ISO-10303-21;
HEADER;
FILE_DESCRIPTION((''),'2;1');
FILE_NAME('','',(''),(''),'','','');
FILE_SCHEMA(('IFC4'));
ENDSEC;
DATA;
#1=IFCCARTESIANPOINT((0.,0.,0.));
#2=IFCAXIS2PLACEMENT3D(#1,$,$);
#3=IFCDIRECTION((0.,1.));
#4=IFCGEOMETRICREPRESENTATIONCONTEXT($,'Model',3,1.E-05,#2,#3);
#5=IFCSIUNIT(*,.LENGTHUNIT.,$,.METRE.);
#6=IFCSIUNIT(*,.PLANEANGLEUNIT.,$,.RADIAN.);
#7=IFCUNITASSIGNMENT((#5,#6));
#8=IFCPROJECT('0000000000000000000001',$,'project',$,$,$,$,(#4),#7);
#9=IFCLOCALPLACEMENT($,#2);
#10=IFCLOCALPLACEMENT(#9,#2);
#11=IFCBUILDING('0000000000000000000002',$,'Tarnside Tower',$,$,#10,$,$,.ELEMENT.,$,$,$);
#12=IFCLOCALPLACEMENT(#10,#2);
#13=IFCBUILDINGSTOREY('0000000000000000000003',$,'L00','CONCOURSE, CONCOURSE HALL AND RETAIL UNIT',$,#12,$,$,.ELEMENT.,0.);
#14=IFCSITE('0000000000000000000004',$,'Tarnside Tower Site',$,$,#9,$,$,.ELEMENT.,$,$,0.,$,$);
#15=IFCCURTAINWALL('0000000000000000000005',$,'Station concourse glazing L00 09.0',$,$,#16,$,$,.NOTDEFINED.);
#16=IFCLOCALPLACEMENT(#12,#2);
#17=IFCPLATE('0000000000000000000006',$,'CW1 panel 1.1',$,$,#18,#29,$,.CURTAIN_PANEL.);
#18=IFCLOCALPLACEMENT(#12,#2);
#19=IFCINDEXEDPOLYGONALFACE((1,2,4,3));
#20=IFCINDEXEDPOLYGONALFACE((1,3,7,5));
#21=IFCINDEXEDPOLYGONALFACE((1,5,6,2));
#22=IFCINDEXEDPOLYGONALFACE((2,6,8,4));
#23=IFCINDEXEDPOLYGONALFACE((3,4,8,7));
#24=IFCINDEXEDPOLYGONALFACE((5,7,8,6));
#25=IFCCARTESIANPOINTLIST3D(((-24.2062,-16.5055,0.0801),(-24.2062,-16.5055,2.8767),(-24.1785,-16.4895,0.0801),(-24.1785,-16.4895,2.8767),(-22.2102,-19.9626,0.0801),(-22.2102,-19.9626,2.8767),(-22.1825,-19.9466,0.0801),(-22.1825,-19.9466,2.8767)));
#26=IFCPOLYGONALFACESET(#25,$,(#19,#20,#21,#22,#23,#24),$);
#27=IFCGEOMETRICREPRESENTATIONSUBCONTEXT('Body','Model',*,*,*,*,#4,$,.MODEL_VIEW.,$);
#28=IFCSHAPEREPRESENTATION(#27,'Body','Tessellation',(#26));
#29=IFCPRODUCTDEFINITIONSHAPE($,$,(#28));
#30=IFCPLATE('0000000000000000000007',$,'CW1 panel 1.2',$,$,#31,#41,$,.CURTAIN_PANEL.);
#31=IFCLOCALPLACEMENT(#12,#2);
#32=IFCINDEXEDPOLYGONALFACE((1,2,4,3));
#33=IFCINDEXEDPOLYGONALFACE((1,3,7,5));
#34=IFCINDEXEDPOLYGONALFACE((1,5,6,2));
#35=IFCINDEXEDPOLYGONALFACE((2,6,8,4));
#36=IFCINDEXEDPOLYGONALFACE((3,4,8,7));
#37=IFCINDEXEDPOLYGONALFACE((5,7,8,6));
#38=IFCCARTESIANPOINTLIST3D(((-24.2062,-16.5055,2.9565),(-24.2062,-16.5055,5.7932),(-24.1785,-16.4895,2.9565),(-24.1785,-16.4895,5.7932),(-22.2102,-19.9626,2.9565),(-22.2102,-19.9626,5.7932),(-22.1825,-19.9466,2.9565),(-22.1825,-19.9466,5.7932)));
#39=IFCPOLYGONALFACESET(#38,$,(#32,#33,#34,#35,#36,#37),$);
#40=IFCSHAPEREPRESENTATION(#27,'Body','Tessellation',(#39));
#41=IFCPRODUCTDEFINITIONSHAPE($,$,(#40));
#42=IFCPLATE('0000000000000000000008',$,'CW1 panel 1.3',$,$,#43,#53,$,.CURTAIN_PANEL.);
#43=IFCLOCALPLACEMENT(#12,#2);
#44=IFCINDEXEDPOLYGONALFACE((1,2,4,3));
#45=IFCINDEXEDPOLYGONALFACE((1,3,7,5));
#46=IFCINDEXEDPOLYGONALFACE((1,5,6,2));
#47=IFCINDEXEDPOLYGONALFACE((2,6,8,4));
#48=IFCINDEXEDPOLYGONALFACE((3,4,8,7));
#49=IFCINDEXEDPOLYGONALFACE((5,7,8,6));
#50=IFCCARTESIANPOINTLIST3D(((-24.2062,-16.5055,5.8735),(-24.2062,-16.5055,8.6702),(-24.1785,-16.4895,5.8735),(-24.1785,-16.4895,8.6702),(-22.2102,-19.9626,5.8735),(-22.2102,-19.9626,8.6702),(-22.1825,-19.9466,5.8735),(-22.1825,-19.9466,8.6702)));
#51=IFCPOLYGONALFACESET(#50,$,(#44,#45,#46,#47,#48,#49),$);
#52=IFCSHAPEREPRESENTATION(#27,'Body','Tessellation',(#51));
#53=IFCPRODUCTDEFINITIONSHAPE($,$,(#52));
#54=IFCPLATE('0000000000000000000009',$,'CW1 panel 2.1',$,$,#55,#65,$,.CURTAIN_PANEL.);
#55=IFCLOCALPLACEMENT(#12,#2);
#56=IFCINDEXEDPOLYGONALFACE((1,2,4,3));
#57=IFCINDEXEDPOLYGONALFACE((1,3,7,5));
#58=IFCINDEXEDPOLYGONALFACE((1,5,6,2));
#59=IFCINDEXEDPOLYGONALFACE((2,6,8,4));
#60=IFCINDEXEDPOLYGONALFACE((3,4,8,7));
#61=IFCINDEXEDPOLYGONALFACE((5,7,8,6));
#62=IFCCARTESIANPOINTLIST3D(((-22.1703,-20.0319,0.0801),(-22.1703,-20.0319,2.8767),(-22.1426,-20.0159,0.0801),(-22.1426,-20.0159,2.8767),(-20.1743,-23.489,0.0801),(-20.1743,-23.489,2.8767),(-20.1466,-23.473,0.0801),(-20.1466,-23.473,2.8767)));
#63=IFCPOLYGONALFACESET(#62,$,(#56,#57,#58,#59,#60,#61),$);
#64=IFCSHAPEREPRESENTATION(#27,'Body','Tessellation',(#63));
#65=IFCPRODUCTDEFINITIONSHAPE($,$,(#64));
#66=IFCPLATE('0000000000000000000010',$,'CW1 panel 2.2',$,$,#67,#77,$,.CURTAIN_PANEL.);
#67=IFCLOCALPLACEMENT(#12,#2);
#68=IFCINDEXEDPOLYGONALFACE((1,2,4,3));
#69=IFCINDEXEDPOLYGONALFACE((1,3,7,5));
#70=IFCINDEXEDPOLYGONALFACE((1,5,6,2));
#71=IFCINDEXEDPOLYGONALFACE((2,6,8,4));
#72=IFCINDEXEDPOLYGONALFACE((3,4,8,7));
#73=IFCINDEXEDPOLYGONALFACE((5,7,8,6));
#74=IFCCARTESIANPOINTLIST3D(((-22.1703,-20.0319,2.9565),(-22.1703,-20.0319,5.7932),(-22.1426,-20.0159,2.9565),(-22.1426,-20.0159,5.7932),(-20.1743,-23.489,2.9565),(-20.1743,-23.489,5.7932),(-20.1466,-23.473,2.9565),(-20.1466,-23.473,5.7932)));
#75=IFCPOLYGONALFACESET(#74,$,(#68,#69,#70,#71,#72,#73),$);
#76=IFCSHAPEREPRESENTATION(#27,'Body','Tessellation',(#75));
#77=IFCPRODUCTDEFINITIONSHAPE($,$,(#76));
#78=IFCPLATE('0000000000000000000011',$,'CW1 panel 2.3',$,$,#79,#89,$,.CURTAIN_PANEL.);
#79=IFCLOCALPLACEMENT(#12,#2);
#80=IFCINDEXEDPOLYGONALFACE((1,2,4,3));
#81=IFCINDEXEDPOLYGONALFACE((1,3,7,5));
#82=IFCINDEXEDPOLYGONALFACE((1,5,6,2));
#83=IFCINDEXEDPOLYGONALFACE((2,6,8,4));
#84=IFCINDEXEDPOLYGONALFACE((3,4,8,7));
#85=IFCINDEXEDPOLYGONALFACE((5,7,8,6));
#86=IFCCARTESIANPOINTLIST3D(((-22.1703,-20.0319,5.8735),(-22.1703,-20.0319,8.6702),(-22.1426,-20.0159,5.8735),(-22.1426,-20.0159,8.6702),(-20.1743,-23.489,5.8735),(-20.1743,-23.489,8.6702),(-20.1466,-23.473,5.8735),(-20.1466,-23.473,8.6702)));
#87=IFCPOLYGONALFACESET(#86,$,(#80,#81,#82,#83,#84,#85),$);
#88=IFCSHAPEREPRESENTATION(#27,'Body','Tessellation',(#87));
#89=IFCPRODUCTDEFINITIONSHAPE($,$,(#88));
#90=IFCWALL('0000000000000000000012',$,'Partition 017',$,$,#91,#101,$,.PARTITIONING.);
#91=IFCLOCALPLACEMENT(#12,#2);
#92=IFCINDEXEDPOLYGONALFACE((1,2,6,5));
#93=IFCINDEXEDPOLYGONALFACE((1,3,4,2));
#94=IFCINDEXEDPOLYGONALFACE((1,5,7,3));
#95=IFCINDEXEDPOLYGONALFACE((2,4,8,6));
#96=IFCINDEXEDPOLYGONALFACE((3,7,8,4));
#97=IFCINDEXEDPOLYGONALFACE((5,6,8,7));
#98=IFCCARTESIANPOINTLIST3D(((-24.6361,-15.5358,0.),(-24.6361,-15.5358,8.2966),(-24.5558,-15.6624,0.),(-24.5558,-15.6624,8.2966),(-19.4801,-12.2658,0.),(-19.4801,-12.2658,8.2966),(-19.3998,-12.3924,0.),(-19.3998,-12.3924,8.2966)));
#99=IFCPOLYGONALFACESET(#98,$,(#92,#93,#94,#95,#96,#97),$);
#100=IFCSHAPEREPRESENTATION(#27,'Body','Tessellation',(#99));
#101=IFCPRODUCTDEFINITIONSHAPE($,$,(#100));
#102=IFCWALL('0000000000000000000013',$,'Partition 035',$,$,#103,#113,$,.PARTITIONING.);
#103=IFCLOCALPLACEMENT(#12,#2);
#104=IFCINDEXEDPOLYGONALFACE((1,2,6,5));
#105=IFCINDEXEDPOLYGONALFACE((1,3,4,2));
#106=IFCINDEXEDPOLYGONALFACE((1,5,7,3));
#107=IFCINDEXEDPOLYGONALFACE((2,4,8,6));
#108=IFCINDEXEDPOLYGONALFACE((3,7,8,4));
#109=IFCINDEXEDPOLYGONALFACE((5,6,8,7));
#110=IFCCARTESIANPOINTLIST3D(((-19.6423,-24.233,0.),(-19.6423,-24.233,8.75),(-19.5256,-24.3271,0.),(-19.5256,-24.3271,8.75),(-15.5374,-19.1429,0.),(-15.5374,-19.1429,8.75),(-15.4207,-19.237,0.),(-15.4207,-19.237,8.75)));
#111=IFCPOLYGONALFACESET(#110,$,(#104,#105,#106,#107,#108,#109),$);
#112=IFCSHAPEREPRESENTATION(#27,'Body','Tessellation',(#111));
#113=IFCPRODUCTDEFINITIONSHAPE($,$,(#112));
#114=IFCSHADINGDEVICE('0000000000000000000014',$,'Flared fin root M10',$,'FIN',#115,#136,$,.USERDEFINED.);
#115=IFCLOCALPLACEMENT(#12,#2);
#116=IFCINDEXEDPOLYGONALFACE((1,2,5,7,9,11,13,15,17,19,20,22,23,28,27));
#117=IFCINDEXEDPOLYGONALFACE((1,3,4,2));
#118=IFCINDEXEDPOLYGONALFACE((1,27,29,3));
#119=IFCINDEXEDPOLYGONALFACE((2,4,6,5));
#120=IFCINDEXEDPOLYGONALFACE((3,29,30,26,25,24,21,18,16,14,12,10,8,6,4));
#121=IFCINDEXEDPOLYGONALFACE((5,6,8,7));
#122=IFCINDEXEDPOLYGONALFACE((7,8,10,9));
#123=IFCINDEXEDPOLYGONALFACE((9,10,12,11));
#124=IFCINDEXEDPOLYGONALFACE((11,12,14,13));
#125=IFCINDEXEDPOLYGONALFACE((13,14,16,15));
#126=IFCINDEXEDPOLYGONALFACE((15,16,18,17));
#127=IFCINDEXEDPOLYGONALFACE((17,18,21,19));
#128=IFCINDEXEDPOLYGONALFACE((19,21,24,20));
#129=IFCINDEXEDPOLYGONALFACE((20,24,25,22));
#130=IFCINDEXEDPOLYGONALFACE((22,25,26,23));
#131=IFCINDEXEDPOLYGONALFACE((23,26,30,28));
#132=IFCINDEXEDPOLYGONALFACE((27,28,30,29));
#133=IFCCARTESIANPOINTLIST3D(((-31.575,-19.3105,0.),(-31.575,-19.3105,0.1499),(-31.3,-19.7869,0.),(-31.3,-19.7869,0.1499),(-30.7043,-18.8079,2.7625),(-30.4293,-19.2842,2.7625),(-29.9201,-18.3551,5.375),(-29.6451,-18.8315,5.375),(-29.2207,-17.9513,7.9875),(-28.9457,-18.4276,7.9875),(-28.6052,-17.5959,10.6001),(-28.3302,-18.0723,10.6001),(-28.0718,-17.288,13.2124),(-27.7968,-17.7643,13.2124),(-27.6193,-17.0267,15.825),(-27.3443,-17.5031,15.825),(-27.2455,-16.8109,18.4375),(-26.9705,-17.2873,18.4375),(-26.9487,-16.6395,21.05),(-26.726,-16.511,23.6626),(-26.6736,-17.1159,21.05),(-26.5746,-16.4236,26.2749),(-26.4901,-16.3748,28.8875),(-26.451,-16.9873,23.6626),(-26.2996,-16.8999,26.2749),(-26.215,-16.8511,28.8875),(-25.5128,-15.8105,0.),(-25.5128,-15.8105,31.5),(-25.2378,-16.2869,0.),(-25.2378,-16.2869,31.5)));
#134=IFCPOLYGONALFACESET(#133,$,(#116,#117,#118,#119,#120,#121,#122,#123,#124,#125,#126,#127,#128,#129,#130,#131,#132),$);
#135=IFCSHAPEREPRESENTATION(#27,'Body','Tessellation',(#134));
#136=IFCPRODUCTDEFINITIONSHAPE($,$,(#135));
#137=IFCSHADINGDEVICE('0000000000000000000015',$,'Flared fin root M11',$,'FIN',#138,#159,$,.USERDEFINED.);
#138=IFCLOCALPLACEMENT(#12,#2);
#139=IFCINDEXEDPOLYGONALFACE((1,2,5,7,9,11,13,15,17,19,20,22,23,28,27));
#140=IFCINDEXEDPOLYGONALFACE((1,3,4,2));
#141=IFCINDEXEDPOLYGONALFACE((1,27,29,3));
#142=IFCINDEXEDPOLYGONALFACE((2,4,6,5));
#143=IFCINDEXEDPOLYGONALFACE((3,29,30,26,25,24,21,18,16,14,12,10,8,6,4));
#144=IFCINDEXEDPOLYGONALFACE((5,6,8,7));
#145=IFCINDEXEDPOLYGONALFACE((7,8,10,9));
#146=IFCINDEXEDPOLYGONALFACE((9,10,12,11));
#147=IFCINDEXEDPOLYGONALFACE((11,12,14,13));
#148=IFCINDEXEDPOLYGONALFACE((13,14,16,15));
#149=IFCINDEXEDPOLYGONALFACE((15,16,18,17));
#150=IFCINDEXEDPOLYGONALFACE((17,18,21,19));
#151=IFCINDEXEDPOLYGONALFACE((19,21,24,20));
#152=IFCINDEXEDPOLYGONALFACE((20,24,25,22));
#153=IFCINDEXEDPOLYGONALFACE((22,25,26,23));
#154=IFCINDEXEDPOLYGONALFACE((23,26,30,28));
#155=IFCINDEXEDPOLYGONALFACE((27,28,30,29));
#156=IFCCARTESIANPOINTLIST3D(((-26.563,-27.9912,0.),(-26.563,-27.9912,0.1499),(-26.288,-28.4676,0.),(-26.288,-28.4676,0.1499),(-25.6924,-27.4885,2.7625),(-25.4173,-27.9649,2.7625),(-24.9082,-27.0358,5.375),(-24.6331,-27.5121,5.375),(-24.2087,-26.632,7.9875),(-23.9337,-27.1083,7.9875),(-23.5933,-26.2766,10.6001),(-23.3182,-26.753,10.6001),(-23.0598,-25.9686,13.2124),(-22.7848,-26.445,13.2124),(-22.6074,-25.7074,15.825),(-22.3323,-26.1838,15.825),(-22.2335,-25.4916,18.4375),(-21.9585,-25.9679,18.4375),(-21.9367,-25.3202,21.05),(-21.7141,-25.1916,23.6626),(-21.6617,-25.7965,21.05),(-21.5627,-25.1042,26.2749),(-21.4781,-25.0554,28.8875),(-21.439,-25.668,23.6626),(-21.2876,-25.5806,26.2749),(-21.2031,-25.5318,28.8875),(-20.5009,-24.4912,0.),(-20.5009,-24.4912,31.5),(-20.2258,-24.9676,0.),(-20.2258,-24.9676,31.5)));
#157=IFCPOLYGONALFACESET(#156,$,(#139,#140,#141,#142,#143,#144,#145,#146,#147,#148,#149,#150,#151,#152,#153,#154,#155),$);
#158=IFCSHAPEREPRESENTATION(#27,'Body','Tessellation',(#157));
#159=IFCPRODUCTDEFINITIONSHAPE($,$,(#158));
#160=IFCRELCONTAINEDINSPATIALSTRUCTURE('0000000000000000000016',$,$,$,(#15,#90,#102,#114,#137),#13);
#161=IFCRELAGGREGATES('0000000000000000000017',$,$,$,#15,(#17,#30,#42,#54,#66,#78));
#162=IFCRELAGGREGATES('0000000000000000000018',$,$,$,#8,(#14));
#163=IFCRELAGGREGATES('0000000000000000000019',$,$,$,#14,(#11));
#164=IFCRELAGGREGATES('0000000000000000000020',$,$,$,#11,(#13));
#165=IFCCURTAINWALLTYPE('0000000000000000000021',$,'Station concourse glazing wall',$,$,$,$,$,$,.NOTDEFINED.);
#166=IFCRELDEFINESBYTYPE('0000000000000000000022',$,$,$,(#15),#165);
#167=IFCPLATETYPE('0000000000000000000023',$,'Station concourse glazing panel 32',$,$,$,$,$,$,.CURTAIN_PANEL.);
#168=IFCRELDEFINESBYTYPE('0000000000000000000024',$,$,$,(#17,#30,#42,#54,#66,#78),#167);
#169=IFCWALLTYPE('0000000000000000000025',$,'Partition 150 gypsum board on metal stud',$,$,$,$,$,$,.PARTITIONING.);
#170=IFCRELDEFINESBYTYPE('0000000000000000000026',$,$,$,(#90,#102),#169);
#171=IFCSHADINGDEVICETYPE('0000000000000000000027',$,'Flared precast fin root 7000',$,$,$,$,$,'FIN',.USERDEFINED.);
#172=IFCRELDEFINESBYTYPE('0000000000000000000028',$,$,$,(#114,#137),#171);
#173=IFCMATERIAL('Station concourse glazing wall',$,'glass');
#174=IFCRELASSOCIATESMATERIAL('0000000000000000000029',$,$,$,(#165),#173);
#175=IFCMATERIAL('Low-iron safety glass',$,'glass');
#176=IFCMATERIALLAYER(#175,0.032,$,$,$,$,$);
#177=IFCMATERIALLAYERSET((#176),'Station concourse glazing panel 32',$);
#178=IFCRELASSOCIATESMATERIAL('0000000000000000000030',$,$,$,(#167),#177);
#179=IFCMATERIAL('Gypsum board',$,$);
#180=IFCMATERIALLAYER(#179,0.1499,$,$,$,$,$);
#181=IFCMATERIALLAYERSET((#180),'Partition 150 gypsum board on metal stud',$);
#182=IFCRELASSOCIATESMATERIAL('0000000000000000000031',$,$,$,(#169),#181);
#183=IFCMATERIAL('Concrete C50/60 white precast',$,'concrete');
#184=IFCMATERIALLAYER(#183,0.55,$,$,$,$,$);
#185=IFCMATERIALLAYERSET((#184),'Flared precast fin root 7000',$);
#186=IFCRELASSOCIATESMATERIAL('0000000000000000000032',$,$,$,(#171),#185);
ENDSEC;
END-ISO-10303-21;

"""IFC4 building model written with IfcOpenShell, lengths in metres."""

from ifc_helpers import new_model, si_unit, direction, frame, frame_2d, origin, origin_2d, place, context, subcontext, project, spatial, polyline, rectangle, outline, extrude, material, layer, layer_set, type_object, element, aggregate, save


model = new_model("IFC4")

# Units and contexts
model_context = context("Model", 3, precision=1e-05, world=origin(), true_north=direction((0.0, 1.0)))
body_context = subcontext(model_context, "Body", "Model", "MODEL_VIEW")
ifc_project = project(units=[si_unit("LENGTHUNIT", "METRE"), si_unit("PLANEANGLEUNIT", "RADIAN")], contexts=[model_context])

# Site, building, storey
site_placement = place(None, origin())
site = spatial("IfcSite", under=ifc_project, at=site_placement, Name="Tarnside Tower Site", CompositionType="ELEMENT", RefElevation=0.0)
building_placement = place(site_placement, origin())
building = spatial("IfcBuilding", under=site, at=building_placement, Name="Tarnside Tower", CompositionType="ELEMENT")
storey_placement = place(building_placement, origin())
storey = spatial("IfcBuildingStorey", under=building, at=storey_placement, Name="L00", Description="CONCOURSE, CONCOURSE HALL AND RETAIL UNIT", CompositionType="ELEMENT", Elevation=0.0)

# Shared definitions
ifc_material_1 = material(Name="Station concourse glazing wall", Category="glass")
curtain_wall_type = type_object("IfcCurtainWallType", Name="Station concourse glazing wall", PredefinedType="NOTDEFINED", material=ifc_material_1)

# Curtain wall
curtain_wall_1_placement = place(storey_placement, origin())
curtain_wall_1 = element("IfcCurtainWall", 1, at=curtain_wall_1_placement, inside=storey, type_object=curtain_wall_type, Name="Station concourse glazing L00 09.0", PredefinedType="NOTDEFINED")

# Plates
ifc_material_2 = material(Name="Low-iron safety glass", Category="glass")
ifc_layer_1 = layer(ifc_material_2, 0.032)
ifc_layer_set_1 = layer_set([ifc_layer_1], Name="Station concourse glazing panel 32")
plate_type = type_object("IfcPlateType", Name="Station concourse glazing panel 32", PredefinedType="CURTAIN_PANEL", material=ifc_layer_set_1)
plate_1_placement = place(storey_placement, frame((-23.1943, -18.2261, 0.0801), z_axis=(0.0, 0.0, 1.0), x_axis=(0.5, -0.866025, 0.0)))
plate_1 = element("IfcPlate", 2, at=plate_1_placement, type_object=plate_type, Name="CW1 panel 1.1", PredefinedType="CURTAIN_PANEL", context=body_context, shape_type="SweptSolid", body=[
    extrude(rectangle(XDim=3.9919, YDim=0.032, at=origin_2d()), origin(), (0.0, 0.0, 1.0), 2.7966),
])
plate_2_placement = place(storey_placement, frame((-23.1943, -18.2261, 2.9565), z_axis=(0.0, 0.0, 1.0), x_axis=(0.5, -0.866025, 0.0)))
plate_2 = element("IfcPlate", 3, at=plate_2_placement, type_object=plate_type, Name="CW1 panel 1.2", PredefinedType="CURTAIN_PANEL", context=body_context, shape_type="SweptSolid", body=[
    extrude(rectangle(XDim=3.9919, YDim=0.032, at=origin_2d()), origin(), (0.0, 0.0, 1.0), 2.8367),
])
plate_3_placement = place(storey_placement, frame((-23.1943, -18.2261, 5.8735), z_axis=(0.0, 0.0, 1.0), x_axis=(0.5, -0.866025, 0.0)))
plate_3 = element("IfcPlate", 4, at=plate_3_placement, type_object=plate_type, Name="CW1 panel 1.3", PredefinedType="CURTAIN_PANEL", context=body_context, shape_type="SweptSolid", body=[
    extrude(rectangle(XDim=3.9919, YDim=0.032, at=origin_2d()), origin(), (0.0, 0.0, 1.0), 2.7966),
])
plate_4_placement = place(storey_placement, frame((-21.1584, -21.7524, 0.0801), z_axis=(0.0, 0.0, 1.0), x_axis=(0.5, -0.866025, 0.0)))
plate_4 = element("IfcPlate", 5, at=plate_4_placement, type_object=plate_type, Name="CW1 panel 2.1", PredefinedType="CURTAIN_PANEL", context=body_context, shape_type="SweptSolid", body=[
    extrude(rectangle(XDim=3.9919, YDim=0.032, at=origin_2d()), origin(), (0.0, 0.0, 1.0), 2.7966),
])
plate_5_placement = place(storey_placement, frame((-21.1584, -21.7524, 2.9565), z_axis=(0.0, 0.0, 1.0), x_axis=(0.5, -0.866025, 0.0)))
plate_5 = element("IfcPlate", 6, at=plate_5_placement, type_object=plate_type, Name="CW1 panel 2.2", PredefinedType="CURTAIN_PANEL", context=body_context, shape_type="SweptSolid", body=[
    extrude(rectangle(XDim=3.9919, YDim=0.032, at=origin_2d()), origin(), (0.0, 0.0, 1.0), 2.8367),
])
plate_6_placement = place(storey_placement, frame((-21.1584, -21.7524, 5.8735), z_axis=(0.0, 0.0, 1.0), x_axis=(0.5, -0.866025, 0.0)))
plate_6 = element("IfcPlate", 7, at=plate_6_placement, type_object=plate_type, Name="CW1 panel 2.3", PredefinedType="CURTAIN_PANEL", context=body_context, shape_type="SweptSolid", body=[
    extrude(rectangle(XDim=3.9919, YDim=0.032, at=origin_2d()), origin(), (0.0, 0.0, 1.0), 2.7966),
])
aggregate(curtain_wall_1, [plate_1, plate_2, plate_3, plate_4, plate_5, plate_6])

# Walls
ifc_material_3 = material(Name="Gypsum board")
ifc_layer_2 = layer(ifc_material_3, 0.1499)
ifc_layer_set_2 = layer_set([ifc_layer_2], Name="Partition 150 gypsum board on metal stud")
wall_type = type_object("IfcWallType", Name="Partition 150 gypsum board on metal stud", PredefinedType="PARTITIONING", material=ifc_layer_set_2)
wall_1_placement = place(storey_placement, frame((-24.5959, -15.5991, 0.0), z_axis=(0.0, 0.0, 1.0), x_axis=(0.844482, 0.535584, 0.0)))
element("IfcWall", 8, at=wall_1_placement, inside=storey, type_object=wall_type, Name="Partition 017", PredefinedType="PARTITIONING", context=body_context, shape_type="SweptSolid", body=[
    extrude(rectangle(XDim=6.1055, YDim=0.1499, at=frame_2d((3.0527, 0.0))), origin(), (0.0, 0.0, 1.0), 8.2966),
])
wall_2_placement = place(storey_placement, frame((-19.584, -24.28, 0.0), z_axis=(0.0, 0.0, 1.0), x_axis=(0.627759, 0.778408, 0.0)))
element("IfcWall", 9, at=wall_2_placement, inside=storey, type_object=wall_type, Name="Partition 035", PredefinedType="PARTITIONING", context=body_context, shape_type="SweptSolid", body=[
    extrude(rectangle(XDim=6.5391, YDim=0.1499, at=frame_2d((3.2695, 0.0))), origin(), (0.0, 0.0, 1.0), 8.75),
])

# Shading devices
ifc_material_4 = material(Name="Concrete C50/60 white precast", Category="concrete")
ifc_layer_3 = layer(ifc_material_4, 0.55)
ifc_layer_set_3 = layer_set([ifc_layer_3], Name="Flared precast fin root 7000")
shading_device_type = type_object("IfcShadingDeviceType", Name="Flared precast fin root 7000", ElementType="FIN", PredefinedType="USERDEFINED", material=ifc_layer_set_3)
for number, where, z_axis, x_axis, name in (
    (10, (-25.3752, -16.0488, 0.0), (-0.5, 0.866025, 0.0), (-0.866025, -0.5, 0.0), "Flared fin root M10"),
    (11, (-20.3633, -24.7295, 0.0), (-0.5, 0.866025, 0.0), (-0.866025, -0.5, 0.0), "Flared fin root M11"),
):
    element("IfcShadingDevice", number, at=place(storey_placement, frame(where, z_axis=z_axis, x_axis=x_axis)), inside=storey, type_object=shading_device_type, Name=name, ObjectType="FIN", PredefinedType="USERDEFINED", context=body_context, shape_type="SweptSolid", body=[
        extrude(outline(polyline([(0.0, 0.0), (7.0, 0.0), (7.0, 0.1499), (5.9946, 2.7625), (5.0891, 5.375), (4.2815, 7.9875), (3.5708, 10.6001), (2.9548, 13.2124), (2.4324, 15.825), (2.0007, 18.4375), (1.658, 21.05), (1.4009, 23.6626), (1.2261, 26.2749), (1.1284, 28.8875), (0.0, 31.5), (0.0, 0.0)])), frame((0.0, 0.0, -0.2749)), (0.0, 0.0, 1.0), 0.55),
    ])

save(model, "model.ifc")
